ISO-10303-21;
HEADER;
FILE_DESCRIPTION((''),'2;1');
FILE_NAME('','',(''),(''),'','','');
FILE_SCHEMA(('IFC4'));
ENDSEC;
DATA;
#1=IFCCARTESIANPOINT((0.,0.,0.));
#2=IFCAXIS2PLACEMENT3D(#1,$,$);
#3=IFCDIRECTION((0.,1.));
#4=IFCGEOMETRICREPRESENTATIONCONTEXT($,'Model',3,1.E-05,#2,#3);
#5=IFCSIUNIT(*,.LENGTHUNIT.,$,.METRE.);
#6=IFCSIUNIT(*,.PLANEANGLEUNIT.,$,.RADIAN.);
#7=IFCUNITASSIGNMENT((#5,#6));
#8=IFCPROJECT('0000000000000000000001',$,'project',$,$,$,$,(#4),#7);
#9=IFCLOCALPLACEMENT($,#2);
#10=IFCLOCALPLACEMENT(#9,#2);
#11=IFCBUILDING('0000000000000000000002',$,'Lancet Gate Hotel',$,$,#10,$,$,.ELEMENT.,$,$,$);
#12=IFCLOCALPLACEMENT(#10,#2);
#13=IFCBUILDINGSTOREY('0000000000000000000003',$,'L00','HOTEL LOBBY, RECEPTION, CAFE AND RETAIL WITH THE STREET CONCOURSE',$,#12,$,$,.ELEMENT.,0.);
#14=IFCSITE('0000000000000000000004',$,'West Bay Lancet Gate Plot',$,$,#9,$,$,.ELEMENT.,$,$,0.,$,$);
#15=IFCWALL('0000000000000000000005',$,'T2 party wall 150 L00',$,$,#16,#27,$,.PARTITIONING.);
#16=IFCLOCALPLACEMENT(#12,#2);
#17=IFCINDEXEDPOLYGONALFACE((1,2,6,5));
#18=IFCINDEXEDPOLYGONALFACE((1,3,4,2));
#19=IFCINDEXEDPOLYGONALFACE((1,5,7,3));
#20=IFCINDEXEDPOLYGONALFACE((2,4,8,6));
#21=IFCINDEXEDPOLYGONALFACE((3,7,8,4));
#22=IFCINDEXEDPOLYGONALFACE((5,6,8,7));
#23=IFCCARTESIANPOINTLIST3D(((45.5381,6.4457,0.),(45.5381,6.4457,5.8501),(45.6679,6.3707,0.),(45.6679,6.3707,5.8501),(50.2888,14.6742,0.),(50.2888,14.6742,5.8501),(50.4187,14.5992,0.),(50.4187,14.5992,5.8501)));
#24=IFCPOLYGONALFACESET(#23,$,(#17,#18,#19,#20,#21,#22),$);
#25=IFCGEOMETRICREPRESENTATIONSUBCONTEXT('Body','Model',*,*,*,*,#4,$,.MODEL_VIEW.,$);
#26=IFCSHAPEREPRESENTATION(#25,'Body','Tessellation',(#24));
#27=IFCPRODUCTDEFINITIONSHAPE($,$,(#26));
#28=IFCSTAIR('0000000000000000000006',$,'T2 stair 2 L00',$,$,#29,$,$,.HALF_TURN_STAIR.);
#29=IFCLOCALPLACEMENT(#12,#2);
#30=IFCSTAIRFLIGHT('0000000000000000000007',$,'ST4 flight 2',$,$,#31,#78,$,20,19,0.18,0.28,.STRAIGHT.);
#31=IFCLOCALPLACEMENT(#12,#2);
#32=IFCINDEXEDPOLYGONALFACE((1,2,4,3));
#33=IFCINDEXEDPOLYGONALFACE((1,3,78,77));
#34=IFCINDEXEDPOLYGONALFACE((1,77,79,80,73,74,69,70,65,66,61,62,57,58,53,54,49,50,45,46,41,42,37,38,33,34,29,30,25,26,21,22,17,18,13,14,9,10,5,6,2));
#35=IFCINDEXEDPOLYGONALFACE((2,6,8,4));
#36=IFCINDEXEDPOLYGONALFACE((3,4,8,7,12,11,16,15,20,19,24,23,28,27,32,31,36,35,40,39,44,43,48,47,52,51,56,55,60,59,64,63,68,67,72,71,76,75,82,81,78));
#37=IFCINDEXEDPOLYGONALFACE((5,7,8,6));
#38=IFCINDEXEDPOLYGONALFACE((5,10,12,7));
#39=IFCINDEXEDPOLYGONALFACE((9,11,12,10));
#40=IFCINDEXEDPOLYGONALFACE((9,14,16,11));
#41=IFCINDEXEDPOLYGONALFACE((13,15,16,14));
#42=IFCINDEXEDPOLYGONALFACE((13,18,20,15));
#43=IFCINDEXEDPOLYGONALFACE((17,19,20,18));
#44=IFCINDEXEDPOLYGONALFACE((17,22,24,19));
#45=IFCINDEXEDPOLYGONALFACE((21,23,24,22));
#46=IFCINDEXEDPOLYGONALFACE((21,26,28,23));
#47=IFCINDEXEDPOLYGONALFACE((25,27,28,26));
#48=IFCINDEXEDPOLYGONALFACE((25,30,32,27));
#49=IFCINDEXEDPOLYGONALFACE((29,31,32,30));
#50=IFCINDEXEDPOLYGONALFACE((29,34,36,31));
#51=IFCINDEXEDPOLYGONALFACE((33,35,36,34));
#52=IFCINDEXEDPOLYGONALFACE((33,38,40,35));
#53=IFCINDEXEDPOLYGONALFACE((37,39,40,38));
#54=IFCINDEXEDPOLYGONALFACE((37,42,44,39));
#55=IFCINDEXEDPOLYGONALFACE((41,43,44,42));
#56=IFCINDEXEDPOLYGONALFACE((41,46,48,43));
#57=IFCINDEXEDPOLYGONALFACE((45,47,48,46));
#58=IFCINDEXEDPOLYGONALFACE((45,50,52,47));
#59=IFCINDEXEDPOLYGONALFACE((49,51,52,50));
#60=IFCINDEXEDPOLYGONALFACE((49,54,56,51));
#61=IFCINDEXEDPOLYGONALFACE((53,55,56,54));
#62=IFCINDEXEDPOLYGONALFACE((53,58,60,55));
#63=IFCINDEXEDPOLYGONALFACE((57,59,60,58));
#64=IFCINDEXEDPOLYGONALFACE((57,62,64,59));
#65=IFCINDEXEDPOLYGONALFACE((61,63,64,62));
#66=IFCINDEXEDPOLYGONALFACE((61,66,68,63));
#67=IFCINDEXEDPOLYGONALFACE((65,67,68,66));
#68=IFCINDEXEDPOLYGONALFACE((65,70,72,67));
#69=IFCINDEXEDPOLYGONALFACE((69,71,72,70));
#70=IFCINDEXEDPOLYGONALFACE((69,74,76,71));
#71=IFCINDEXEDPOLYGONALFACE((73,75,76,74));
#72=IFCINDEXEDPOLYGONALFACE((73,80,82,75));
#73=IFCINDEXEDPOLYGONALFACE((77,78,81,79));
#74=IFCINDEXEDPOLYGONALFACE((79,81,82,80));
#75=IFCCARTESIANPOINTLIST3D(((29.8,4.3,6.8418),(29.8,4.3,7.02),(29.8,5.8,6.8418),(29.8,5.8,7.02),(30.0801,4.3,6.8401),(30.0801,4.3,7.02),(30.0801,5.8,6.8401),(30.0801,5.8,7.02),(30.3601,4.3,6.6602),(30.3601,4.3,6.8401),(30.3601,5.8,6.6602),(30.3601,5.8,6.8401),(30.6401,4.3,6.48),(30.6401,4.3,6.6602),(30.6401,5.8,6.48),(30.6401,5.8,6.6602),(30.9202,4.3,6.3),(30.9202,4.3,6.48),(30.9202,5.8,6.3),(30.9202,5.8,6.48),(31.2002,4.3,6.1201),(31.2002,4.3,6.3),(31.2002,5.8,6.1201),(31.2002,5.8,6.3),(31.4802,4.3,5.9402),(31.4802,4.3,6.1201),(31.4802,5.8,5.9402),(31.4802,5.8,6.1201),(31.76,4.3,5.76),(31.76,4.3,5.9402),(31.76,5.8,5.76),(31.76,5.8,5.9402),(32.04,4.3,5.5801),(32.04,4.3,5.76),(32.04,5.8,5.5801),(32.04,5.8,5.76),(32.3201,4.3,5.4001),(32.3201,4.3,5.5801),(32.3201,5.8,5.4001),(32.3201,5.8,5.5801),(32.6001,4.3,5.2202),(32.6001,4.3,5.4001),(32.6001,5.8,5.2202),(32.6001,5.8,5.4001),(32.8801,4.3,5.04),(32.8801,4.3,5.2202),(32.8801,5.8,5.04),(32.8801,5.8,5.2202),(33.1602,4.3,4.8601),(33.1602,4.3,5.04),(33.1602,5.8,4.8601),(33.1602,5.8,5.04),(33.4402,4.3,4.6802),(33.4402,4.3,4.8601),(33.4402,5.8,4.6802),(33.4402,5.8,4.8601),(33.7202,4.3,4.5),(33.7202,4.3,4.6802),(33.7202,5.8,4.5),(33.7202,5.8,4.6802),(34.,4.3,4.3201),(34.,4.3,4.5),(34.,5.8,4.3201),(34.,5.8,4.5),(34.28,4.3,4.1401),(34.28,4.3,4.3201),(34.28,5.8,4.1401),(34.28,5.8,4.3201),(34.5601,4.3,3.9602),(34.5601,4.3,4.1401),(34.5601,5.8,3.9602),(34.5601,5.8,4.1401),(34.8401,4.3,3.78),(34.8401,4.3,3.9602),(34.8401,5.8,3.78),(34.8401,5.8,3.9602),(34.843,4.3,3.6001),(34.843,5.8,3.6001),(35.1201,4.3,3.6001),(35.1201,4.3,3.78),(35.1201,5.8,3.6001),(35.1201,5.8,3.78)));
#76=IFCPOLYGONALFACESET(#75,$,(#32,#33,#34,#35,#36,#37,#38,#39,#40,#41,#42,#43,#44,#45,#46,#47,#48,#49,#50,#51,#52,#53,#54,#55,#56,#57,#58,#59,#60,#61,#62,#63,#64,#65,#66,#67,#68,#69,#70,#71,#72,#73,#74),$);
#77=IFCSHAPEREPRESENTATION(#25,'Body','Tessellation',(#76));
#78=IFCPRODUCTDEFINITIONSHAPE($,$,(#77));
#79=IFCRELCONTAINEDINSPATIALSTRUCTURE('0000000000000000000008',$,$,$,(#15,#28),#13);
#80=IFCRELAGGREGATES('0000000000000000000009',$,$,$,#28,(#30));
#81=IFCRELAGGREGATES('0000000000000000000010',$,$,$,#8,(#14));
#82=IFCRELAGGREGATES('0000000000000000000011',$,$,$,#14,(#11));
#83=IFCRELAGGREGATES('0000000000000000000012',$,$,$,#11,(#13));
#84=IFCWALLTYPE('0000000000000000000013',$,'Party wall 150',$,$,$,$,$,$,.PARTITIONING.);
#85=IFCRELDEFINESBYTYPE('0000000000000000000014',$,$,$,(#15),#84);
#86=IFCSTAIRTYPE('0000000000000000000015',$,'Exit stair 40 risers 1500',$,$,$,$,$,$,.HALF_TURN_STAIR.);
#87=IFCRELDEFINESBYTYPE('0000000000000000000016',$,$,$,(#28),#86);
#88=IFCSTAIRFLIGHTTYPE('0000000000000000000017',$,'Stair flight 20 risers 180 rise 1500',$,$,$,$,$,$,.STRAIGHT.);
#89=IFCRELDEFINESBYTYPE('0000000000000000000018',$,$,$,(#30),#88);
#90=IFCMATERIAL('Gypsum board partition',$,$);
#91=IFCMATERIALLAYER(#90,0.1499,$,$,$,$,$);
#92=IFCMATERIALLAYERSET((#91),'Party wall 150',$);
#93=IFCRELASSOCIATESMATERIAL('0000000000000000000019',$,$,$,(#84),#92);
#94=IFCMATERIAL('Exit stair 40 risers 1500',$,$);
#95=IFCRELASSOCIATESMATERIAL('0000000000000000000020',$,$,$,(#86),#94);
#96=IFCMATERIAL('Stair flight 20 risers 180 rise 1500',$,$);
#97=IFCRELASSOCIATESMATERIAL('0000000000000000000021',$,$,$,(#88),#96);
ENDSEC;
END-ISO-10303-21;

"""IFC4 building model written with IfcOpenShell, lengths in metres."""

from ifc_helpers import new_model, si_unit, direction, frame, frame_2d, origin, place, context, subcontext, project, spatial, polyline, rectangle, outline, extrude, material, layer, layer_set, type_object, element, aggregate, save


model = new_model("IFC4")

# Units and contexts
model_context = context("Model", 3, precision=1e-05, world=origin(), true_north=direction((0.0, 1.0)))
body_context = subcontext(model_context, "Body", "Model", "MODEL_VIEW")
ifc_project = project(units=[si_unit("LENGTHUNIT", "METRE"), si_unit("PLANEANGLEUNIT", "RADIAN")], contexts=[model_context])

# Site, building, storey
site_placement = place(None, origin())
site = spatial("IfcSite", under=ifc_project, at=site_placement, Name="West Bay Lancet Gate Plot", CompositionType="ELEMENT", RefElevation=0.0)
building_placement = place(site_placement, origin())
building = spatial("IfcBuilding", under=site, at=building_placement, Name="Lancet Gate Hotel", CompositionType="ELEMENT")
storey_placement = place(building_placement, origin())
storey = spatial("IfcBuildingStorey", under=building, at=storey_placement, Name="L00", Description="HOTEL LOBBY, RECEPTION, CAFE AND RETAIL WITH THE STREET CONCOURSE", CompositionType="ELEMENT", Elevation=0.0)

# Wall
ifc_material_1 = material(Name="Gypsum board partition")
ifc_layer_1 = layer(ifc_material_1, 0.1499)
ifc_layer_set_1 = layer_set([ifc_layer_1], Name="Party wall 150")
wall_type_1 = type_object("IfcWallType", Name="Party wall 150", PredefinedType="PARTITIONING", material=ifc_layer_set_1)
wall_1_placement = place(storey_placement, frame((45.603, 6.4082, 0.0), z_axis=(0.0, 0.0, 1.0), x_axis=(0.5, 0.866026, 0.0)))
element("IfcWall", 1, at=wall_1_placement, inside=storey, type_object=wall_type_1, Name="T2 party wall 150 L00", PredefinedType="PARTITIONING", context=body_context, shape_type="SweptSolid", body=[
    extrude(rectangle(XDim=9.5015, YDim=0.1499, at=frame_2d((4.7507, 0.0))), origin(), (0.0, 0.0, 1.0), 5.8501),
])

# Stair, stair flight
ifc_material_2 = material(Name="Exit stair 40 risers 1500")
stair_type = type_object("IfcStairType", Name="Exit stair 40 risers 1500", PredefinedType="HALF_TURN_STAIR", material=ifc_material_2)
stair_placement = place(storey_placement, origin())
stair = element("IfcStair", 2, at=stair_placement, inside=storey, type_object=stair_type, Name="T2 stair 2 L00", PredefinedType="HALF_TURN_STAIR")
ifc_material_3 = material(Name="Stair flight 20 risers 180 rise 1500")
stair_flight_type = type_object("IfcStairFlightType", Name="Stair flight 20 risers 180 rise 1500", PredefinedType="STRAIGHT", material=ifc_material_3)
stair_flight_placement = place(storey_placement, frame((35.1201, 5.05, 3.6001), z_axis=(0.0, 0.0, 1.0), x_axis=(-1.0, 0.0, 0.0)))
stair_flight = element("IfcStairFlight", 3, at=stair_flight_placement, type_object=stair_flight_type, Name="ST4 flight 2", NumberOfRisers=20, NumberOfTreads=19, PredefinedType="STRAIGHT", RiserHeight=0.18, TreadLength=0.28, context=body_context, shape_type="SweptSolid", body=[
    extrude(outline(polyline([(0.0, 0.0), (0.0, 0.1799), (0.28, 0.1799), (0.28, 0.3601), (0.5601, 0.3601), (0.5601, 0.54), (0.8401, 0.54), (0.8401, 0.72), (1.1201, 0.72), (1.1201, 0.8999), (1.3999, 0.8999), (1.3999, 1.0801), (1.6799, 1.0801), (1.6799, 1.26), (1.96, 1.26), (1.96, 1.4399), (2.24, 1.4399), (2.24, 1.6201), (2.52, 1.6201), (2.52, 1.8), (2.8, 1.8), (2.8, 1.98), (3.0801, 1.98), (3.0801, 2.1599), (3.3601, 2.1599), (3.3601, 2.3401), (3.6399, 2.3401), (3.6399, 2.52), (3.9199, 2.52), (3.9199, 2.7), (4.2, 2.7), (4.2, 2.8799), (4.48, 2.8799), (4.48, 3.0601), (4.76, 3.0601), (4.76, 3.24), (5.04, 3.24), (5.04, 3.4199), (5.3201, 3.4199), (5.3201, 3.6001), (5.3201, 3.2417), (0.2771, 0.0), (0.0, 0.0)])), frame((0.0, 0.75, 0.0), z_axis=(0.0, -1.0, 0.0), x_axis=(1.0, 0.0, 0.0)), (0.0, 0.0, 1.0), 1.5),
])
aggregate(stair, [stair_flight])

save(model, "model.ifc")
